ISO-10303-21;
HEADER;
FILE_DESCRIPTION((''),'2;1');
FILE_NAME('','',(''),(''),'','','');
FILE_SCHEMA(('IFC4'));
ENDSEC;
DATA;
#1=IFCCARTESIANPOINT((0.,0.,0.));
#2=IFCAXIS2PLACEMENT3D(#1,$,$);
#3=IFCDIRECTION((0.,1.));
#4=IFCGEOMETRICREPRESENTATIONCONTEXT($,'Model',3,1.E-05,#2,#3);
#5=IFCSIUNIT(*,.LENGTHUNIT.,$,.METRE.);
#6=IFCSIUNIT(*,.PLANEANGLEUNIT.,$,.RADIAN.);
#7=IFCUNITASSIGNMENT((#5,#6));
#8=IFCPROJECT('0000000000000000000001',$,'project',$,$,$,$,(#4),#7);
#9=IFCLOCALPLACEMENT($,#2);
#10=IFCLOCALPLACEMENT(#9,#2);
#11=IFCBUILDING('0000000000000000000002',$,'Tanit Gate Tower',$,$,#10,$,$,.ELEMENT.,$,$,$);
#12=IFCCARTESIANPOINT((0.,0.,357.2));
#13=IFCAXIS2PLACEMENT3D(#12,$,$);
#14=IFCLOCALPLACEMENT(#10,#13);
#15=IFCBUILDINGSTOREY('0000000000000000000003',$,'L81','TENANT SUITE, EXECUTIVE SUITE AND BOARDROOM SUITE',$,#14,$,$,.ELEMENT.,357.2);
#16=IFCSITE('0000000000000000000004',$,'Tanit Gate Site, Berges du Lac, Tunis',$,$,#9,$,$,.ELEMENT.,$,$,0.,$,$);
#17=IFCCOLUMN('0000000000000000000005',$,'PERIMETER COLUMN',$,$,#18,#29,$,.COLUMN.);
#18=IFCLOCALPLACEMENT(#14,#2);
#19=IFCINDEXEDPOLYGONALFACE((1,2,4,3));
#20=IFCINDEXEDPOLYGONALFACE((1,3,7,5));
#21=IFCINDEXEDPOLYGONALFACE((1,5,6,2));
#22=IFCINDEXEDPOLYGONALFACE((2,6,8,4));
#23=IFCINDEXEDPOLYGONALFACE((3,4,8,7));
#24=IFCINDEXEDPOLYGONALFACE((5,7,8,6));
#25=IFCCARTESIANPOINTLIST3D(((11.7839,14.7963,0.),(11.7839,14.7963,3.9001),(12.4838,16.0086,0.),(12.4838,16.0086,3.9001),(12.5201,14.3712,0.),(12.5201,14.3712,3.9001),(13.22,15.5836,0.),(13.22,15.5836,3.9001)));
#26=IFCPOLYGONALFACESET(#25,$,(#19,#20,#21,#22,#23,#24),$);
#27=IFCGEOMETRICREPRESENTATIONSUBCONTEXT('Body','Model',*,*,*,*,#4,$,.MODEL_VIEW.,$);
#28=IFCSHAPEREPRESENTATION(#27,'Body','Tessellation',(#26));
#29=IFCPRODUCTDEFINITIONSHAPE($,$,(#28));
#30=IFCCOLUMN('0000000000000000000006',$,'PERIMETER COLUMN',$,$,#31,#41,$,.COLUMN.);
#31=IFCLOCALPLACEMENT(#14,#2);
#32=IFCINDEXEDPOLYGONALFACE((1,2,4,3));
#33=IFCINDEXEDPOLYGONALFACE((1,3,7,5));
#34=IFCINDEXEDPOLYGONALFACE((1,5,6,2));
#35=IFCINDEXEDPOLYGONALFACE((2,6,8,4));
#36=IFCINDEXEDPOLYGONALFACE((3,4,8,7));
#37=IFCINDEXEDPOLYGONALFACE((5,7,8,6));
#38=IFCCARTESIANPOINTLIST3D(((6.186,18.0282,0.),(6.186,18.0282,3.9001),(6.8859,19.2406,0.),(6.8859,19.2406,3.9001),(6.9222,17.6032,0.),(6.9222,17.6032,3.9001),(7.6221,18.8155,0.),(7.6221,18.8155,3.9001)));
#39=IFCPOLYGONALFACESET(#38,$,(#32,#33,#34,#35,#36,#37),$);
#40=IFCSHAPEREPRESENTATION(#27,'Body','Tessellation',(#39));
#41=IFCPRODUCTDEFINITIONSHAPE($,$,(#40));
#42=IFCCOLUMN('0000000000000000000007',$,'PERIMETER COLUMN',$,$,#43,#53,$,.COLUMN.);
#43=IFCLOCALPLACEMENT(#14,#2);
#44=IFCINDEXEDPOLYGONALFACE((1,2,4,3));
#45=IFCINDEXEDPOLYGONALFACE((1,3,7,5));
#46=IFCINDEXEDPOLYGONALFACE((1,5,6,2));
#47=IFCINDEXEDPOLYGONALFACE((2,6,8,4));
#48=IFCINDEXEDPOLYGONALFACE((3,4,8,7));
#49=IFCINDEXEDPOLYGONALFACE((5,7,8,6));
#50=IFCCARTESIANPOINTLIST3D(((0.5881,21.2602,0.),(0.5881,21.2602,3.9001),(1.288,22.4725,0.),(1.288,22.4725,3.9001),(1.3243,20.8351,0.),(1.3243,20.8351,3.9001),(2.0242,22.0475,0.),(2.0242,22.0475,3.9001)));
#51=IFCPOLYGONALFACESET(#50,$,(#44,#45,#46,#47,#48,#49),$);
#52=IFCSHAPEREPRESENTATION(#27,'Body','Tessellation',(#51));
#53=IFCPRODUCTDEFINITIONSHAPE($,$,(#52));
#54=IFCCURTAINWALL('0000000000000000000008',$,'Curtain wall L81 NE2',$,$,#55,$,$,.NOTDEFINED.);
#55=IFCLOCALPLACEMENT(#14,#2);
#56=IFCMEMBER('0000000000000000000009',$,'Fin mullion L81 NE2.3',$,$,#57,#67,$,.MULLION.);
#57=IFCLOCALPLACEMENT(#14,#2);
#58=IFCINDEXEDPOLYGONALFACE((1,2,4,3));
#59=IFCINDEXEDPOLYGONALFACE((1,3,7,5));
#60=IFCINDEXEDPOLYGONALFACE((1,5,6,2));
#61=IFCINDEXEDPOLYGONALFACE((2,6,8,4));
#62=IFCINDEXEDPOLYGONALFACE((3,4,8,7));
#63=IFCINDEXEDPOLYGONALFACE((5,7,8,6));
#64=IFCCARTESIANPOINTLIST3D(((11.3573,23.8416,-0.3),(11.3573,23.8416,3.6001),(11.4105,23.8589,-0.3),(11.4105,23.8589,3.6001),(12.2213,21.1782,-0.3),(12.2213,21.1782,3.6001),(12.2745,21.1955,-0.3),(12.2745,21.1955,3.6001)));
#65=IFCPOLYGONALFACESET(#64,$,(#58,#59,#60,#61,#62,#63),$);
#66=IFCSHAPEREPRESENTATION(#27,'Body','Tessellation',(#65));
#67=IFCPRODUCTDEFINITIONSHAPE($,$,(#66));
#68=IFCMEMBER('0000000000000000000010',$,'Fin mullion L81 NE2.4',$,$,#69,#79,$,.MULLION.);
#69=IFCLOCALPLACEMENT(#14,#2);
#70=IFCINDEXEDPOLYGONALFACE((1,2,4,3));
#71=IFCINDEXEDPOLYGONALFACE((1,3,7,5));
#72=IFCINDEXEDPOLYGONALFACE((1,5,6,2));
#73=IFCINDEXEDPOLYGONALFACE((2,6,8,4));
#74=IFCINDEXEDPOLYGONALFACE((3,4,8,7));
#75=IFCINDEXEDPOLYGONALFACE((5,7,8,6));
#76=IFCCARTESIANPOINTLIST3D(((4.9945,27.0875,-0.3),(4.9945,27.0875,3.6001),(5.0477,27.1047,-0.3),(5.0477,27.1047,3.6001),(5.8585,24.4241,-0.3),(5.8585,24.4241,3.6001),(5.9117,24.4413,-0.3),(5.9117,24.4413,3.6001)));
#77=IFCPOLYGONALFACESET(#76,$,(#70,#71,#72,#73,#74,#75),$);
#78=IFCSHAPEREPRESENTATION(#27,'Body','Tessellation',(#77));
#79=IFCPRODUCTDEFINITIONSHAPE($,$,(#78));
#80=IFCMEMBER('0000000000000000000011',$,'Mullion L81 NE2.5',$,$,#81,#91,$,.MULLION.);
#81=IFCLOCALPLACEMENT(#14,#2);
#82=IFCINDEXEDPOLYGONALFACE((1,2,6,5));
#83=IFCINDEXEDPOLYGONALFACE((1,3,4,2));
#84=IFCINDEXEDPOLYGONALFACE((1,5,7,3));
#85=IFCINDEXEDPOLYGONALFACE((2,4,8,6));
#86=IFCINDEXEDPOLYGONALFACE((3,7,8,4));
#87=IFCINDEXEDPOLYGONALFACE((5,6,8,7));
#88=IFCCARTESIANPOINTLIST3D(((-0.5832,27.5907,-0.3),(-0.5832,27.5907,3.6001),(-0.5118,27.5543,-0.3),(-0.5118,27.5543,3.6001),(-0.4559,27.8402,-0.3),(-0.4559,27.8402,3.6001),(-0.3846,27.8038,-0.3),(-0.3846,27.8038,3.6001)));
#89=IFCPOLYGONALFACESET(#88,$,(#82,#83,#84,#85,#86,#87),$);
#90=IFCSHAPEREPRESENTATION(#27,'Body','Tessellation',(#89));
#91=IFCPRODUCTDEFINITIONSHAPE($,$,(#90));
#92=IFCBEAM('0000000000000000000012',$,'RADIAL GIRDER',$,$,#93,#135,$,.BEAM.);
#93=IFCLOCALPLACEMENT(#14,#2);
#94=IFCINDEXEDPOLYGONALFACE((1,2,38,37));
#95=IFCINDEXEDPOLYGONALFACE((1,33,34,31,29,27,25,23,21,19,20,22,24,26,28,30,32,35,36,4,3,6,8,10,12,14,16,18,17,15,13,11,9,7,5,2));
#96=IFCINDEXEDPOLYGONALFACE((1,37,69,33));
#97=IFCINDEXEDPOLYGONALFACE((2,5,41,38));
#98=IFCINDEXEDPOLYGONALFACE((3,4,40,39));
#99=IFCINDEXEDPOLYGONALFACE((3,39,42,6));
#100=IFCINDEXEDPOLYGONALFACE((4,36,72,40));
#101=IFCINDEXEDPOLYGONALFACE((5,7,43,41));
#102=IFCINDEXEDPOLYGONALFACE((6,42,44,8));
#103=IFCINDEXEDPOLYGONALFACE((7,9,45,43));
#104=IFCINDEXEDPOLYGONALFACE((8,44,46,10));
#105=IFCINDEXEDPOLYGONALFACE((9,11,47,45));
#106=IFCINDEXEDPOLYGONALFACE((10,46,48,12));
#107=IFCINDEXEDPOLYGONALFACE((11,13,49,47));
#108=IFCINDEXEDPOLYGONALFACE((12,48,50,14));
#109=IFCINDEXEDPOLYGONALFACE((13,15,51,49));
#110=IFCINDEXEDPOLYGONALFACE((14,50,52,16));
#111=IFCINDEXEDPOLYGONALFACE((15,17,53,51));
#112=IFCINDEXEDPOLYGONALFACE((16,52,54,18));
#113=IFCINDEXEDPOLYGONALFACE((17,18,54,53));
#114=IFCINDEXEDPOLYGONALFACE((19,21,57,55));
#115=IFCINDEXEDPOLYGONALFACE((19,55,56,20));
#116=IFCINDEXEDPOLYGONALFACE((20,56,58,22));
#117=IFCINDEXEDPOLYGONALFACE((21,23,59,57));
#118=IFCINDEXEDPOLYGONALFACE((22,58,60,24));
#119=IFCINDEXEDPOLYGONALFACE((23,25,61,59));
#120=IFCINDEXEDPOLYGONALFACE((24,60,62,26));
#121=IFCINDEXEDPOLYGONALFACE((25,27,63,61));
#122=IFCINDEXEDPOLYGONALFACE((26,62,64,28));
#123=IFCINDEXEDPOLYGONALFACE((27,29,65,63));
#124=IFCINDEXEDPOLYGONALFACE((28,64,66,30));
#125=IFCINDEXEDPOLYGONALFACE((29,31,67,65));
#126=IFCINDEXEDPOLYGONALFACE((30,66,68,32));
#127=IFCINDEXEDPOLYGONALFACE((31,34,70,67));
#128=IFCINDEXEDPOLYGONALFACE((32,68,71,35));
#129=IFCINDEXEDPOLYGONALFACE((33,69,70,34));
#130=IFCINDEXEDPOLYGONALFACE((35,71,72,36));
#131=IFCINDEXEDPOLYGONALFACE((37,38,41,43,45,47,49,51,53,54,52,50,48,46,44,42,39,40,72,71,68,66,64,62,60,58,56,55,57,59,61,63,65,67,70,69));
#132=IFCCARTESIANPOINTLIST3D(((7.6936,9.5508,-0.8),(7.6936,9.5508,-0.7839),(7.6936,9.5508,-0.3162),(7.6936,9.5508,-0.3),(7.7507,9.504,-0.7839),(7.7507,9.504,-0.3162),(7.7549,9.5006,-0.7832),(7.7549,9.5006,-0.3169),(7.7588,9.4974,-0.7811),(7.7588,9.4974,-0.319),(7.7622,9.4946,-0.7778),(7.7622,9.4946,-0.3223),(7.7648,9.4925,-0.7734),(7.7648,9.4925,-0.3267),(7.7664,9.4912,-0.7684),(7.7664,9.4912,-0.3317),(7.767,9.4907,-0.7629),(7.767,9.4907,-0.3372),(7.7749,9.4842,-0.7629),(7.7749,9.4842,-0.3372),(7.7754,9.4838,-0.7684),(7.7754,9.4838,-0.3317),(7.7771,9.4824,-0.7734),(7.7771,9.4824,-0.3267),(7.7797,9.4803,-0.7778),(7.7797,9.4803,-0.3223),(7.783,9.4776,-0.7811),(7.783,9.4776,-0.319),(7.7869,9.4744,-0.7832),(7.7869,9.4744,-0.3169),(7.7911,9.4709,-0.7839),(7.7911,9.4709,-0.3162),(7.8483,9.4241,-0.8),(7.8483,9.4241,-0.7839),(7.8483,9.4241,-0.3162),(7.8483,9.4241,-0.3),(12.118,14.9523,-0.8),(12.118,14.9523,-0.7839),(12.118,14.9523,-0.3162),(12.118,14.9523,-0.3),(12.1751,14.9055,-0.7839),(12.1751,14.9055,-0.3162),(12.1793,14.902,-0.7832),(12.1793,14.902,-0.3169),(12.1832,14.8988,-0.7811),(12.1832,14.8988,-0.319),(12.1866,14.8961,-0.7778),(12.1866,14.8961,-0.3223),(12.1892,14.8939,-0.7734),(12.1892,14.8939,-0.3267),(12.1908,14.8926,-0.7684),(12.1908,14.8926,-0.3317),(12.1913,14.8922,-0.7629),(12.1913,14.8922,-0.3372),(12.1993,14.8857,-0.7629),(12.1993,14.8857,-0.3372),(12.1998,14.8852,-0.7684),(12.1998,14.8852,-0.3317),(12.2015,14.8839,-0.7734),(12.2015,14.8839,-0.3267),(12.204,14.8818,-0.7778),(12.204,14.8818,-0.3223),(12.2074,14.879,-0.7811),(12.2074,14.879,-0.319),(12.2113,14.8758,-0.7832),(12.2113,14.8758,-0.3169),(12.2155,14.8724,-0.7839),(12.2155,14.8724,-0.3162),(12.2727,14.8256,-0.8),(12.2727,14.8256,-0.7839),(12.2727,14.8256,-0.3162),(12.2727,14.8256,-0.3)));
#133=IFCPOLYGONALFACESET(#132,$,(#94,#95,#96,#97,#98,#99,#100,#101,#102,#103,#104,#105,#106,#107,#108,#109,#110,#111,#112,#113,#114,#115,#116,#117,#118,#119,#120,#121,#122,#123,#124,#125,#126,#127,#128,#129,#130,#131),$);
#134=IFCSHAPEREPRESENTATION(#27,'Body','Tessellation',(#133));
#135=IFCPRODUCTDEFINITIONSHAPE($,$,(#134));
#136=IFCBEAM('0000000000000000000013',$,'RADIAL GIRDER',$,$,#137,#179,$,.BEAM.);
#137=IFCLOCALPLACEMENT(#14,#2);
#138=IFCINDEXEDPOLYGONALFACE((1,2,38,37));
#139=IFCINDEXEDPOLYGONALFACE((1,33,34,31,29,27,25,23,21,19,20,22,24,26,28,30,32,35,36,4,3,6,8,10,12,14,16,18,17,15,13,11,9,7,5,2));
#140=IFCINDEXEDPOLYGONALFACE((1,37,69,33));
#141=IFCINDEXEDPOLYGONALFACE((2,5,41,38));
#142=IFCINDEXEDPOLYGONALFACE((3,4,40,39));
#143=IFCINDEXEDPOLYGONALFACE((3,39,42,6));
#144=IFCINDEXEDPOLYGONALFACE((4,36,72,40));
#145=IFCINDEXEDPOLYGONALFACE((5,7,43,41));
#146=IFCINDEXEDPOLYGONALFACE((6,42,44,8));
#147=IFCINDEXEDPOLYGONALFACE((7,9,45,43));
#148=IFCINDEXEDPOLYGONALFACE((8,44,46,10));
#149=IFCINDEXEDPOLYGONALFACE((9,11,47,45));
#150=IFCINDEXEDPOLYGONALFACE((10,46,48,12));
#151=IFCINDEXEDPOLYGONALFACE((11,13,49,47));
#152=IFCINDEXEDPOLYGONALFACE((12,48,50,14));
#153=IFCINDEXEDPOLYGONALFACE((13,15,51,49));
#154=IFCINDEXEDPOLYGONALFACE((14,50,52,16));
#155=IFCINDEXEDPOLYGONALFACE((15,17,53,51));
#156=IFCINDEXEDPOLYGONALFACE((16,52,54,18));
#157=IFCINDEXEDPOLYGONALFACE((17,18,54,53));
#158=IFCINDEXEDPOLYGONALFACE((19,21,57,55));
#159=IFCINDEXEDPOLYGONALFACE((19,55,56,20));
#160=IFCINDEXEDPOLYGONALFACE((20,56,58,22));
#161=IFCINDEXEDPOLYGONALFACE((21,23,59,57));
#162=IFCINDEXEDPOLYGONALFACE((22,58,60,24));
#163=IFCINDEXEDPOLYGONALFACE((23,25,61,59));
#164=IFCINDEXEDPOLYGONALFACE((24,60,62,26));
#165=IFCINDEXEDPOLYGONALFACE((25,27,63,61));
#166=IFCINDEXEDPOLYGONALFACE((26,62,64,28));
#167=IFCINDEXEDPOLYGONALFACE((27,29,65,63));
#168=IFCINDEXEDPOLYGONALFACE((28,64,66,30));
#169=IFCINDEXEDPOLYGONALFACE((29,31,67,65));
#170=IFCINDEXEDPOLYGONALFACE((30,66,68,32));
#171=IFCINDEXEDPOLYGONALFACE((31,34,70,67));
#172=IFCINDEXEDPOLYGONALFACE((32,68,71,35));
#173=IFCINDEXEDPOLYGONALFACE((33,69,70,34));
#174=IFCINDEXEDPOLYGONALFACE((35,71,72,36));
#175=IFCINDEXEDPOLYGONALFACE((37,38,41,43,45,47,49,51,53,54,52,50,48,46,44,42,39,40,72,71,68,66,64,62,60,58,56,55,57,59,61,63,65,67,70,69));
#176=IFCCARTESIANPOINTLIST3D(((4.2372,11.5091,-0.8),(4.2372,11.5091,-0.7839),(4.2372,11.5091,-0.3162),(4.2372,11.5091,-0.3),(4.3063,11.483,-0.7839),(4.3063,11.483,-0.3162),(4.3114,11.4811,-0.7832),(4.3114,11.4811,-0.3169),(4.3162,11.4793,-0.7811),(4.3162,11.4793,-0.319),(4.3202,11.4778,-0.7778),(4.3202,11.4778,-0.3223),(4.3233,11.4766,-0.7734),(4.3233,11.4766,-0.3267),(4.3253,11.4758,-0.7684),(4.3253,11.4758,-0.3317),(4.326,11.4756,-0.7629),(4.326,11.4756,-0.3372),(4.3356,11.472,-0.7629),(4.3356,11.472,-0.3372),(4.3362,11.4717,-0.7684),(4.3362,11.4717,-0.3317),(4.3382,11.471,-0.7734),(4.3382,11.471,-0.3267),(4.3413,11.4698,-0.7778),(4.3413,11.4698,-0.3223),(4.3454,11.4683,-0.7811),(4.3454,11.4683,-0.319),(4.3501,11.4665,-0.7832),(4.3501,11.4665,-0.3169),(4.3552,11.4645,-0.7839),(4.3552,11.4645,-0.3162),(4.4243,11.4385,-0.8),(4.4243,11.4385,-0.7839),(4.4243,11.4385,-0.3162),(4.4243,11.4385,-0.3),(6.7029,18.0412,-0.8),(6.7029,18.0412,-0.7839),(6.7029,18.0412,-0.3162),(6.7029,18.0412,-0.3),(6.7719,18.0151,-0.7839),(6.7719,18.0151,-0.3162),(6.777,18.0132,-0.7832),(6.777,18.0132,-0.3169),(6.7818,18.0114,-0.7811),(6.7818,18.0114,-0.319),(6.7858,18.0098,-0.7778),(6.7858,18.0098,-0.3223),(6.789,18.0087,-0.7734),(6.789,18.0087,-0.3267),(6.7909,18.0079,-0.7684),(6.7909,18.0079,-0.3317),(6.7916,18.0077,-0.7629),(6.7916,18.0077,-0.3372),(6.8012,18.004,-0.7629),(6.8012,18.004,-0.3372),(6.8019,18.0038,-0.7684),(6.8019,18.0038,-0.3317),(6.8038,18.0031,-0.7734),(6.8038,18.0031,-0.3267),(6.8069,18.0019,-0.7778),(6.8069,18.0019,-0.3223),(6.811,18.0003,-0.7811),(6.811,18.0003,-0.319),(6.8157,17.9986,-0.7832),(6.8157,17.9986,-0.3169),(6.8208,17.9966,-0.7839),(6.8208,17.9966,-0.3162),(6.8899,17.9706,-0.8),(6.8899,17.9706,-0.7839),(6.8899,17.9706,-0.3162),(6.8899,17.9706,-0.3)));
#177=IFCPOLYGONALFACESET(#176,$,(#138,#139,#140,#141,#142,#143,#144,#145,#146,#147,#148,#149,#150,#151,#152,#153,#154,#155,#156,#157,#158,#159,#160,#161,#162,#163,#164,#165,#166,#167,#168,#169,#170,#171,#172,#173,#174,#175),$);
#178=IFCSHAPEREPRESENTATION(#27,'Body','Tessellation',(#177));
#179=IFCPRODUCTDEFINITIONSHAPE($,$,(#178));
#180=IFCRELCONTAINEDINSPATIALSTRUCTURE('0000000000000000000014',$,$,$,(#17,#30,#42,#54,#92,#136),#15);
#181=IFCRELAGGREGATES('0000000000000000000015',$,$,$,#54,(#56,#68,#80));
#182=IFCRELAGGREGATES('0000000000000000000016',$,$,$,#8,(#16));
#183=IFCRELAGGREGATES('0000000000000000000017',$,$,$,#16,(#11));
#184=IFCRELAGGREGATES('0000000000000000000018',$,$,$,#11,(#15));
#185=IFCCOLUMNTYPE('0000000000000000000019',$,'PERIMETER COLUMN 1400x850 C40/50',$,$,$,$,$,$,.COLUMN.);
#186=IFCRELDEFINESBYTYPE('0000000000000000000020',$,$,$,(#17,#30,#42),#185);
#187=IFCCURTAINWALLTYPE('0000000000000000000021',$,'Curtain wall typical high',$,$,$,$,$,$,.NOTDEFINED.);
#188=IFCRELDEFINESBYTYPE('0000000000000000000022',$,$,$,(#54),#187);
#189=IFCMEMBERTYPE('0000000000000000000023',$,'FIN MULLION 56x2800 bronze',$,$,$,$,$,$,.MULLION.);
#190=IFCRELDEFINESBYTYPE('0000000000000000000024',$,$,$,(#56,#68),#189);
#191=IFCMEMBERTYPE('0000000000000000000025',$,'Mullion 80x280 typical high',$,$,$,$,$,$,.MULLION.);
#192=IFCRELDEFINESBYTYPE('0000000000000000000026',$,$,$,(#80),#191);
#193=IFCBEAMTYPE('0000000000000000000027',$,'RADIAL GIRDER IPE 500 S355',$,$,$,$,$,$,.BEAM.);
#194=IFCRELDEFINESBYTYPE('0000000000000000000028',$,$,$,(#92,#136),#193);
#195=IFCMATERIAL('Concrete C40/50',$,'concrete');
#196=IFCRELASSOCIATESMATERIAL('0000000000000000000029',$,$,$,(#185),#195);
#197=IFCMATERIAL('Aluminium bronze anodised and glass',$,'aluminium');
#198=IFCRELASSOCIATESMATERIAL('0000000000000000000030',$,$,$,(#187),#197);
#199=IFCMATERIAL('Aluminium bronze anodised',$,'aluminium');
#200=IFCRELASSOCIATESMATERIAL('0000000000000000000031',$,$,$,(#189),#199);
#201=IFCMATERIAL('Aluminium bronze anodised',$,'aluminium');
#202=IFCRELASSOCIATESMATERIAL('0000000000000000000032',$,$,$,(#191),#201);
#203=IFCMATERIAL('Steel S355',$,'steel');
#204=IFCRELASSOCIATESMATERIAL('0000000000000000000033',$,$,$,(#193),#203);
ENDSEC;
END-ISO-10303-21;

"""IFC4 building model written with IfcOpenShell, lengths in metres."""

from ifc_helpers import new_model, si_unit, direction, frame, origin, origin_2d, place, context, subcontext, project, spatial, rectangle, i_section, extrude, material, material_profile, profile_set, type_object, element, aggregate, save


model = new_model("IFC4")

# Units and contexts
model_context = context("Model", 3, precision=1e-05, world=origin(), true_north=direction((0.0, 1.0)))
body_context = subcontext(model_context, "Body", "Model", "MODEL_VIEW")
ifc_project = project(units=[si_unit("LENGTHUNIT", "METRE"), si_unit("PLANEANGLEUNIT", "RADIAN")], contexts=[model_context])

# Site, building, storey
site_placement = place(None, origin())
site = spatial("IfcSite", under=ifc_project, at=site_placement, Name="Tanit Gate Site, Berges du Lac, Tunis", CompositionType="ELEMENT", RefElevation=0.0)
building_placement = place(site_placement, origin())
building = spatial("IfcBuilding", under=site, at=building_placement, Name="Tanit Gate Tower", CompositionType="ELEMENT")
storey_placement = place(building_placement, frame((0.0, 0.0, 357.2)))
storey = spatial("IfcBuildingStorey", under=building, at=storey_placement, Name="L81", Description="TENANT SUITE, EXECUTIVE SUITE AND BOARDROOM SUITE", CompositionType="ELEMENT", Elevation=357.2)

# Columns
ifc_material_1 = material(Name="Concrete C40/50", Category="concrete")
ifc_material_profile_1 = material_profile(ifc_material_1, rectangle(XDim=1.3999, YDim=0.8501, at=origin_2d()), Name="RC 1400x850")
ifc_profile_set_1 = profile_set([ifc_material_profile_1], Name="Concrete C40/50")
column_type = type_object("IfcColumnType", Name="PERIMETER COLUMN 1400x850 C40/50", PredefinedType="COLUMN", material=ifc_profile_set_1)
for number, where, z_axis, x_axis, name in (
    (1, (12.502, 15.1899, 0.0), (0.0, 0.0, 1.0), (0.5, 0.866025, 0.0), "PERIMETER COLUMN"),
    (2, (6.9041, 18.4219, 0.0), (0.0, 0.0, 1.0), (0.5, 0.866025, 0.0), "PERIMETER COLUMN"),
    (3, (1.3062, 21.6538, 0.0), (0.0, 0.0, 1.0), (0.5, 0.866025, 0.0), "PERIMETER COLUMN"),
):
    element("IfcColumn", number, at=place(storey_placement, frame(where, z_axis=z_axis, x_axis=x_axis)), inside=storey, type_object=column_type, Name=name, PredefinedType="COLUMN", context=body_context, shape_type="SweptSolid", body=[
        extrude(rectangle(XDim=1.3999, YDim=0.8501, at=origin_2d()), origin(), (0.0, 0.0, 1.0), 3.9001),
    ])

# Curtain wall, members
ifc_material_2 = material(Name="Aluminium bronze anodised and glass", Category="aluminium")
curtain_wall_type = type_object("IfcCurtainWallType", Name="Curtain wall typical high", PredefinedType="NOTDEFINED", material=ifc_material_2)
curtain_wall_1_placement = place(storey_placement, origin())
curtain_wall_1 = element("IfcCurtainWall", 4, at=curtain_wall_1_placement, inside=storey, type_object=curtain_wall_type, Name="Curtain wall L81 NE2", PredefinedType="NOTDEFINED")
ifc_material_3 = material(Name="Aluminium bronze anodised", Category="aluminium")
ifc_material_profile_2 = material_profile(ifc_material_3, rectangle(XDim=2.8, YDim=0.0559, at=origin_2d()), Name="56x2800 bronze fin mullion")
ifc_profile_set_2 = profile_set([ifc_material_profile_2], Name="Aluminium bronze anodised")
member_type_1 = type_object("IfcMemberType", Name="FIN MULLION 56x2800 bronze", PredefinedType="MULLION", material=ifc_profile_set_2)
member_1_placement = place(storey_placement, frame((11.8159, 22.5186, -0.3), z_axis=(0.0, 0.0, 1.0), x_axis=(0.308568, -0.951202, 0.0)))
member_1 = element("IfcMember", 5, at=member_1_placement, type_object=member_type_1, Name="Fin mullion L81 NE2.3", PredefinedType="MULLION", context=body_context, shape_type="SweptSolid", body=[
    extrude(rectangle(XDim=2.8, YDim=0.0559, at=origin_2d()), origin(), (0.0, 0.0, 1.0), 3.9001),
])
member_2_placement = place(storey_placement, frame((5.4531, 25.7644, -0.3), z_axis=(0.0, 0.0, 1.0), x_axis=(0.308568, -0.951202, 0.0)))
member_2 = element("IfcMember", 6, at=member_2_placement, type_object=member_type_1, Name="Fin mullion L81 NE2.4", PredefinedType="MULLION", context=body_context, shape_type="SweptSolid", body=[
    extrude(rectangle(XDim=2.8, YDim=0.0559, at=origin_2d()), origin(), (0.0, 0.0, 1.0), 3.9001),
])
ifc_material_4 = material(Name="Aluminium bronze anodised", Category="aluminium")
ifc_material_profile_3 = material_profile(ifc_material_4, rectangle(XDim=0.28, YDim=0.0801, at=origin_2d()), Name="80x280 bronze mullion")
ifc_profile_set_3 = profile_set([ifc_material_profile_3], Name="Aluminium bronze anodised")
member_type_2 = type_object("IfcMemberType", Name="Mullion 80x280 typical high", PredefinedType="MULLION", material=ifc_profile_set_3)
member_3_placement = place(storey_placement, frame((-0.4839, 27.6973, -0.3), z_axis=(0.0, 0.0, 1.0), x_axis=(-0.454411, -0.890792, 0.0)))
member_3 = element("IfcMember", 7, at=member_3_placement, type_object=member_type_2, Name="Mullion L81 NE2.5", PredefinedType="MULLION", context=body_context, shape_type="SweptSolid", body=[
    extrude(rectangle(XDim=0.28, YDim=0.0801, at=origin_2d()), origin(), (0.0, 0.0, 1.0), 3.9001),
])

# Beams
ifc_material_5 = material(Name="Steel S355", Category="steel")
ifc_material_profile_4 = material_profile(ifc_material_5, i_section(OverallWidth=0.2, OverallDepth=0.5, WebThickness=0.0103, FlangeThickness=0.0161, FilletRadius=0.021, at=origin_2d()), Name="IPE 500")
ifc_profile_set_4 = profile_set([ifc_material_profile_4], Name="Steel S355")
beam_type = type_object("IfcBeamType", Name="RADIAL GIRDER IPE 500 S355", PredefinedType="BEAM", material=ifc_profile_set_4)
beam_1_placement = place(storey_placement, frame((12.1953, 14.8889, -0.55), z_axis=(-0.633668, -0.773605, 0.0), x_axis=(0.773605, -0.633668, 0.0)))
element("IfcBeam", 8, at=beam_1_placement, inside=storey, type_object=beam_type, Name="RADIAL GIRDER", PredefinedType="BEAM", context=body_context, shape_type="SweptSolid", body=[
    extrude(i_section(OverallWidth=0.2, OverallDepth=0.5, WebThickness=0.0103, FlangeThickness=0.0161, FilletRadius=0.021, at=origin_2d()), origin(), (0.0, 0.0, 1.0), 6.9822),
])
beam_2_placement = place(storey_placement, frame((6.7964, 18.0059, -0.55), z_axis=(-0.353142, -0.93557, 0.0), x_axis=(0.93557, -0.353142, 0.0)))
element("IfcBeam", 9, at=beam_2_placement, inside=storey, type_object=beam_type, Name="RADIAL GIRDER", PredefinedType="BEAM", context=body_context, shape_type="SweptSolid", body=[
    extrude(i_section(OverallWidth=0.2, OverallDepth=0.5, WebThickness=0.0103, FlangeThickness=0.0161, FilletRadius=0.021, at=origin_2d()), origin(), (0.0, 0.0, 1.0), 6.9819),
])

aggregate(curtain_wall_1, [member_1, member_2, member_3])

save(model, "model.ifc")
